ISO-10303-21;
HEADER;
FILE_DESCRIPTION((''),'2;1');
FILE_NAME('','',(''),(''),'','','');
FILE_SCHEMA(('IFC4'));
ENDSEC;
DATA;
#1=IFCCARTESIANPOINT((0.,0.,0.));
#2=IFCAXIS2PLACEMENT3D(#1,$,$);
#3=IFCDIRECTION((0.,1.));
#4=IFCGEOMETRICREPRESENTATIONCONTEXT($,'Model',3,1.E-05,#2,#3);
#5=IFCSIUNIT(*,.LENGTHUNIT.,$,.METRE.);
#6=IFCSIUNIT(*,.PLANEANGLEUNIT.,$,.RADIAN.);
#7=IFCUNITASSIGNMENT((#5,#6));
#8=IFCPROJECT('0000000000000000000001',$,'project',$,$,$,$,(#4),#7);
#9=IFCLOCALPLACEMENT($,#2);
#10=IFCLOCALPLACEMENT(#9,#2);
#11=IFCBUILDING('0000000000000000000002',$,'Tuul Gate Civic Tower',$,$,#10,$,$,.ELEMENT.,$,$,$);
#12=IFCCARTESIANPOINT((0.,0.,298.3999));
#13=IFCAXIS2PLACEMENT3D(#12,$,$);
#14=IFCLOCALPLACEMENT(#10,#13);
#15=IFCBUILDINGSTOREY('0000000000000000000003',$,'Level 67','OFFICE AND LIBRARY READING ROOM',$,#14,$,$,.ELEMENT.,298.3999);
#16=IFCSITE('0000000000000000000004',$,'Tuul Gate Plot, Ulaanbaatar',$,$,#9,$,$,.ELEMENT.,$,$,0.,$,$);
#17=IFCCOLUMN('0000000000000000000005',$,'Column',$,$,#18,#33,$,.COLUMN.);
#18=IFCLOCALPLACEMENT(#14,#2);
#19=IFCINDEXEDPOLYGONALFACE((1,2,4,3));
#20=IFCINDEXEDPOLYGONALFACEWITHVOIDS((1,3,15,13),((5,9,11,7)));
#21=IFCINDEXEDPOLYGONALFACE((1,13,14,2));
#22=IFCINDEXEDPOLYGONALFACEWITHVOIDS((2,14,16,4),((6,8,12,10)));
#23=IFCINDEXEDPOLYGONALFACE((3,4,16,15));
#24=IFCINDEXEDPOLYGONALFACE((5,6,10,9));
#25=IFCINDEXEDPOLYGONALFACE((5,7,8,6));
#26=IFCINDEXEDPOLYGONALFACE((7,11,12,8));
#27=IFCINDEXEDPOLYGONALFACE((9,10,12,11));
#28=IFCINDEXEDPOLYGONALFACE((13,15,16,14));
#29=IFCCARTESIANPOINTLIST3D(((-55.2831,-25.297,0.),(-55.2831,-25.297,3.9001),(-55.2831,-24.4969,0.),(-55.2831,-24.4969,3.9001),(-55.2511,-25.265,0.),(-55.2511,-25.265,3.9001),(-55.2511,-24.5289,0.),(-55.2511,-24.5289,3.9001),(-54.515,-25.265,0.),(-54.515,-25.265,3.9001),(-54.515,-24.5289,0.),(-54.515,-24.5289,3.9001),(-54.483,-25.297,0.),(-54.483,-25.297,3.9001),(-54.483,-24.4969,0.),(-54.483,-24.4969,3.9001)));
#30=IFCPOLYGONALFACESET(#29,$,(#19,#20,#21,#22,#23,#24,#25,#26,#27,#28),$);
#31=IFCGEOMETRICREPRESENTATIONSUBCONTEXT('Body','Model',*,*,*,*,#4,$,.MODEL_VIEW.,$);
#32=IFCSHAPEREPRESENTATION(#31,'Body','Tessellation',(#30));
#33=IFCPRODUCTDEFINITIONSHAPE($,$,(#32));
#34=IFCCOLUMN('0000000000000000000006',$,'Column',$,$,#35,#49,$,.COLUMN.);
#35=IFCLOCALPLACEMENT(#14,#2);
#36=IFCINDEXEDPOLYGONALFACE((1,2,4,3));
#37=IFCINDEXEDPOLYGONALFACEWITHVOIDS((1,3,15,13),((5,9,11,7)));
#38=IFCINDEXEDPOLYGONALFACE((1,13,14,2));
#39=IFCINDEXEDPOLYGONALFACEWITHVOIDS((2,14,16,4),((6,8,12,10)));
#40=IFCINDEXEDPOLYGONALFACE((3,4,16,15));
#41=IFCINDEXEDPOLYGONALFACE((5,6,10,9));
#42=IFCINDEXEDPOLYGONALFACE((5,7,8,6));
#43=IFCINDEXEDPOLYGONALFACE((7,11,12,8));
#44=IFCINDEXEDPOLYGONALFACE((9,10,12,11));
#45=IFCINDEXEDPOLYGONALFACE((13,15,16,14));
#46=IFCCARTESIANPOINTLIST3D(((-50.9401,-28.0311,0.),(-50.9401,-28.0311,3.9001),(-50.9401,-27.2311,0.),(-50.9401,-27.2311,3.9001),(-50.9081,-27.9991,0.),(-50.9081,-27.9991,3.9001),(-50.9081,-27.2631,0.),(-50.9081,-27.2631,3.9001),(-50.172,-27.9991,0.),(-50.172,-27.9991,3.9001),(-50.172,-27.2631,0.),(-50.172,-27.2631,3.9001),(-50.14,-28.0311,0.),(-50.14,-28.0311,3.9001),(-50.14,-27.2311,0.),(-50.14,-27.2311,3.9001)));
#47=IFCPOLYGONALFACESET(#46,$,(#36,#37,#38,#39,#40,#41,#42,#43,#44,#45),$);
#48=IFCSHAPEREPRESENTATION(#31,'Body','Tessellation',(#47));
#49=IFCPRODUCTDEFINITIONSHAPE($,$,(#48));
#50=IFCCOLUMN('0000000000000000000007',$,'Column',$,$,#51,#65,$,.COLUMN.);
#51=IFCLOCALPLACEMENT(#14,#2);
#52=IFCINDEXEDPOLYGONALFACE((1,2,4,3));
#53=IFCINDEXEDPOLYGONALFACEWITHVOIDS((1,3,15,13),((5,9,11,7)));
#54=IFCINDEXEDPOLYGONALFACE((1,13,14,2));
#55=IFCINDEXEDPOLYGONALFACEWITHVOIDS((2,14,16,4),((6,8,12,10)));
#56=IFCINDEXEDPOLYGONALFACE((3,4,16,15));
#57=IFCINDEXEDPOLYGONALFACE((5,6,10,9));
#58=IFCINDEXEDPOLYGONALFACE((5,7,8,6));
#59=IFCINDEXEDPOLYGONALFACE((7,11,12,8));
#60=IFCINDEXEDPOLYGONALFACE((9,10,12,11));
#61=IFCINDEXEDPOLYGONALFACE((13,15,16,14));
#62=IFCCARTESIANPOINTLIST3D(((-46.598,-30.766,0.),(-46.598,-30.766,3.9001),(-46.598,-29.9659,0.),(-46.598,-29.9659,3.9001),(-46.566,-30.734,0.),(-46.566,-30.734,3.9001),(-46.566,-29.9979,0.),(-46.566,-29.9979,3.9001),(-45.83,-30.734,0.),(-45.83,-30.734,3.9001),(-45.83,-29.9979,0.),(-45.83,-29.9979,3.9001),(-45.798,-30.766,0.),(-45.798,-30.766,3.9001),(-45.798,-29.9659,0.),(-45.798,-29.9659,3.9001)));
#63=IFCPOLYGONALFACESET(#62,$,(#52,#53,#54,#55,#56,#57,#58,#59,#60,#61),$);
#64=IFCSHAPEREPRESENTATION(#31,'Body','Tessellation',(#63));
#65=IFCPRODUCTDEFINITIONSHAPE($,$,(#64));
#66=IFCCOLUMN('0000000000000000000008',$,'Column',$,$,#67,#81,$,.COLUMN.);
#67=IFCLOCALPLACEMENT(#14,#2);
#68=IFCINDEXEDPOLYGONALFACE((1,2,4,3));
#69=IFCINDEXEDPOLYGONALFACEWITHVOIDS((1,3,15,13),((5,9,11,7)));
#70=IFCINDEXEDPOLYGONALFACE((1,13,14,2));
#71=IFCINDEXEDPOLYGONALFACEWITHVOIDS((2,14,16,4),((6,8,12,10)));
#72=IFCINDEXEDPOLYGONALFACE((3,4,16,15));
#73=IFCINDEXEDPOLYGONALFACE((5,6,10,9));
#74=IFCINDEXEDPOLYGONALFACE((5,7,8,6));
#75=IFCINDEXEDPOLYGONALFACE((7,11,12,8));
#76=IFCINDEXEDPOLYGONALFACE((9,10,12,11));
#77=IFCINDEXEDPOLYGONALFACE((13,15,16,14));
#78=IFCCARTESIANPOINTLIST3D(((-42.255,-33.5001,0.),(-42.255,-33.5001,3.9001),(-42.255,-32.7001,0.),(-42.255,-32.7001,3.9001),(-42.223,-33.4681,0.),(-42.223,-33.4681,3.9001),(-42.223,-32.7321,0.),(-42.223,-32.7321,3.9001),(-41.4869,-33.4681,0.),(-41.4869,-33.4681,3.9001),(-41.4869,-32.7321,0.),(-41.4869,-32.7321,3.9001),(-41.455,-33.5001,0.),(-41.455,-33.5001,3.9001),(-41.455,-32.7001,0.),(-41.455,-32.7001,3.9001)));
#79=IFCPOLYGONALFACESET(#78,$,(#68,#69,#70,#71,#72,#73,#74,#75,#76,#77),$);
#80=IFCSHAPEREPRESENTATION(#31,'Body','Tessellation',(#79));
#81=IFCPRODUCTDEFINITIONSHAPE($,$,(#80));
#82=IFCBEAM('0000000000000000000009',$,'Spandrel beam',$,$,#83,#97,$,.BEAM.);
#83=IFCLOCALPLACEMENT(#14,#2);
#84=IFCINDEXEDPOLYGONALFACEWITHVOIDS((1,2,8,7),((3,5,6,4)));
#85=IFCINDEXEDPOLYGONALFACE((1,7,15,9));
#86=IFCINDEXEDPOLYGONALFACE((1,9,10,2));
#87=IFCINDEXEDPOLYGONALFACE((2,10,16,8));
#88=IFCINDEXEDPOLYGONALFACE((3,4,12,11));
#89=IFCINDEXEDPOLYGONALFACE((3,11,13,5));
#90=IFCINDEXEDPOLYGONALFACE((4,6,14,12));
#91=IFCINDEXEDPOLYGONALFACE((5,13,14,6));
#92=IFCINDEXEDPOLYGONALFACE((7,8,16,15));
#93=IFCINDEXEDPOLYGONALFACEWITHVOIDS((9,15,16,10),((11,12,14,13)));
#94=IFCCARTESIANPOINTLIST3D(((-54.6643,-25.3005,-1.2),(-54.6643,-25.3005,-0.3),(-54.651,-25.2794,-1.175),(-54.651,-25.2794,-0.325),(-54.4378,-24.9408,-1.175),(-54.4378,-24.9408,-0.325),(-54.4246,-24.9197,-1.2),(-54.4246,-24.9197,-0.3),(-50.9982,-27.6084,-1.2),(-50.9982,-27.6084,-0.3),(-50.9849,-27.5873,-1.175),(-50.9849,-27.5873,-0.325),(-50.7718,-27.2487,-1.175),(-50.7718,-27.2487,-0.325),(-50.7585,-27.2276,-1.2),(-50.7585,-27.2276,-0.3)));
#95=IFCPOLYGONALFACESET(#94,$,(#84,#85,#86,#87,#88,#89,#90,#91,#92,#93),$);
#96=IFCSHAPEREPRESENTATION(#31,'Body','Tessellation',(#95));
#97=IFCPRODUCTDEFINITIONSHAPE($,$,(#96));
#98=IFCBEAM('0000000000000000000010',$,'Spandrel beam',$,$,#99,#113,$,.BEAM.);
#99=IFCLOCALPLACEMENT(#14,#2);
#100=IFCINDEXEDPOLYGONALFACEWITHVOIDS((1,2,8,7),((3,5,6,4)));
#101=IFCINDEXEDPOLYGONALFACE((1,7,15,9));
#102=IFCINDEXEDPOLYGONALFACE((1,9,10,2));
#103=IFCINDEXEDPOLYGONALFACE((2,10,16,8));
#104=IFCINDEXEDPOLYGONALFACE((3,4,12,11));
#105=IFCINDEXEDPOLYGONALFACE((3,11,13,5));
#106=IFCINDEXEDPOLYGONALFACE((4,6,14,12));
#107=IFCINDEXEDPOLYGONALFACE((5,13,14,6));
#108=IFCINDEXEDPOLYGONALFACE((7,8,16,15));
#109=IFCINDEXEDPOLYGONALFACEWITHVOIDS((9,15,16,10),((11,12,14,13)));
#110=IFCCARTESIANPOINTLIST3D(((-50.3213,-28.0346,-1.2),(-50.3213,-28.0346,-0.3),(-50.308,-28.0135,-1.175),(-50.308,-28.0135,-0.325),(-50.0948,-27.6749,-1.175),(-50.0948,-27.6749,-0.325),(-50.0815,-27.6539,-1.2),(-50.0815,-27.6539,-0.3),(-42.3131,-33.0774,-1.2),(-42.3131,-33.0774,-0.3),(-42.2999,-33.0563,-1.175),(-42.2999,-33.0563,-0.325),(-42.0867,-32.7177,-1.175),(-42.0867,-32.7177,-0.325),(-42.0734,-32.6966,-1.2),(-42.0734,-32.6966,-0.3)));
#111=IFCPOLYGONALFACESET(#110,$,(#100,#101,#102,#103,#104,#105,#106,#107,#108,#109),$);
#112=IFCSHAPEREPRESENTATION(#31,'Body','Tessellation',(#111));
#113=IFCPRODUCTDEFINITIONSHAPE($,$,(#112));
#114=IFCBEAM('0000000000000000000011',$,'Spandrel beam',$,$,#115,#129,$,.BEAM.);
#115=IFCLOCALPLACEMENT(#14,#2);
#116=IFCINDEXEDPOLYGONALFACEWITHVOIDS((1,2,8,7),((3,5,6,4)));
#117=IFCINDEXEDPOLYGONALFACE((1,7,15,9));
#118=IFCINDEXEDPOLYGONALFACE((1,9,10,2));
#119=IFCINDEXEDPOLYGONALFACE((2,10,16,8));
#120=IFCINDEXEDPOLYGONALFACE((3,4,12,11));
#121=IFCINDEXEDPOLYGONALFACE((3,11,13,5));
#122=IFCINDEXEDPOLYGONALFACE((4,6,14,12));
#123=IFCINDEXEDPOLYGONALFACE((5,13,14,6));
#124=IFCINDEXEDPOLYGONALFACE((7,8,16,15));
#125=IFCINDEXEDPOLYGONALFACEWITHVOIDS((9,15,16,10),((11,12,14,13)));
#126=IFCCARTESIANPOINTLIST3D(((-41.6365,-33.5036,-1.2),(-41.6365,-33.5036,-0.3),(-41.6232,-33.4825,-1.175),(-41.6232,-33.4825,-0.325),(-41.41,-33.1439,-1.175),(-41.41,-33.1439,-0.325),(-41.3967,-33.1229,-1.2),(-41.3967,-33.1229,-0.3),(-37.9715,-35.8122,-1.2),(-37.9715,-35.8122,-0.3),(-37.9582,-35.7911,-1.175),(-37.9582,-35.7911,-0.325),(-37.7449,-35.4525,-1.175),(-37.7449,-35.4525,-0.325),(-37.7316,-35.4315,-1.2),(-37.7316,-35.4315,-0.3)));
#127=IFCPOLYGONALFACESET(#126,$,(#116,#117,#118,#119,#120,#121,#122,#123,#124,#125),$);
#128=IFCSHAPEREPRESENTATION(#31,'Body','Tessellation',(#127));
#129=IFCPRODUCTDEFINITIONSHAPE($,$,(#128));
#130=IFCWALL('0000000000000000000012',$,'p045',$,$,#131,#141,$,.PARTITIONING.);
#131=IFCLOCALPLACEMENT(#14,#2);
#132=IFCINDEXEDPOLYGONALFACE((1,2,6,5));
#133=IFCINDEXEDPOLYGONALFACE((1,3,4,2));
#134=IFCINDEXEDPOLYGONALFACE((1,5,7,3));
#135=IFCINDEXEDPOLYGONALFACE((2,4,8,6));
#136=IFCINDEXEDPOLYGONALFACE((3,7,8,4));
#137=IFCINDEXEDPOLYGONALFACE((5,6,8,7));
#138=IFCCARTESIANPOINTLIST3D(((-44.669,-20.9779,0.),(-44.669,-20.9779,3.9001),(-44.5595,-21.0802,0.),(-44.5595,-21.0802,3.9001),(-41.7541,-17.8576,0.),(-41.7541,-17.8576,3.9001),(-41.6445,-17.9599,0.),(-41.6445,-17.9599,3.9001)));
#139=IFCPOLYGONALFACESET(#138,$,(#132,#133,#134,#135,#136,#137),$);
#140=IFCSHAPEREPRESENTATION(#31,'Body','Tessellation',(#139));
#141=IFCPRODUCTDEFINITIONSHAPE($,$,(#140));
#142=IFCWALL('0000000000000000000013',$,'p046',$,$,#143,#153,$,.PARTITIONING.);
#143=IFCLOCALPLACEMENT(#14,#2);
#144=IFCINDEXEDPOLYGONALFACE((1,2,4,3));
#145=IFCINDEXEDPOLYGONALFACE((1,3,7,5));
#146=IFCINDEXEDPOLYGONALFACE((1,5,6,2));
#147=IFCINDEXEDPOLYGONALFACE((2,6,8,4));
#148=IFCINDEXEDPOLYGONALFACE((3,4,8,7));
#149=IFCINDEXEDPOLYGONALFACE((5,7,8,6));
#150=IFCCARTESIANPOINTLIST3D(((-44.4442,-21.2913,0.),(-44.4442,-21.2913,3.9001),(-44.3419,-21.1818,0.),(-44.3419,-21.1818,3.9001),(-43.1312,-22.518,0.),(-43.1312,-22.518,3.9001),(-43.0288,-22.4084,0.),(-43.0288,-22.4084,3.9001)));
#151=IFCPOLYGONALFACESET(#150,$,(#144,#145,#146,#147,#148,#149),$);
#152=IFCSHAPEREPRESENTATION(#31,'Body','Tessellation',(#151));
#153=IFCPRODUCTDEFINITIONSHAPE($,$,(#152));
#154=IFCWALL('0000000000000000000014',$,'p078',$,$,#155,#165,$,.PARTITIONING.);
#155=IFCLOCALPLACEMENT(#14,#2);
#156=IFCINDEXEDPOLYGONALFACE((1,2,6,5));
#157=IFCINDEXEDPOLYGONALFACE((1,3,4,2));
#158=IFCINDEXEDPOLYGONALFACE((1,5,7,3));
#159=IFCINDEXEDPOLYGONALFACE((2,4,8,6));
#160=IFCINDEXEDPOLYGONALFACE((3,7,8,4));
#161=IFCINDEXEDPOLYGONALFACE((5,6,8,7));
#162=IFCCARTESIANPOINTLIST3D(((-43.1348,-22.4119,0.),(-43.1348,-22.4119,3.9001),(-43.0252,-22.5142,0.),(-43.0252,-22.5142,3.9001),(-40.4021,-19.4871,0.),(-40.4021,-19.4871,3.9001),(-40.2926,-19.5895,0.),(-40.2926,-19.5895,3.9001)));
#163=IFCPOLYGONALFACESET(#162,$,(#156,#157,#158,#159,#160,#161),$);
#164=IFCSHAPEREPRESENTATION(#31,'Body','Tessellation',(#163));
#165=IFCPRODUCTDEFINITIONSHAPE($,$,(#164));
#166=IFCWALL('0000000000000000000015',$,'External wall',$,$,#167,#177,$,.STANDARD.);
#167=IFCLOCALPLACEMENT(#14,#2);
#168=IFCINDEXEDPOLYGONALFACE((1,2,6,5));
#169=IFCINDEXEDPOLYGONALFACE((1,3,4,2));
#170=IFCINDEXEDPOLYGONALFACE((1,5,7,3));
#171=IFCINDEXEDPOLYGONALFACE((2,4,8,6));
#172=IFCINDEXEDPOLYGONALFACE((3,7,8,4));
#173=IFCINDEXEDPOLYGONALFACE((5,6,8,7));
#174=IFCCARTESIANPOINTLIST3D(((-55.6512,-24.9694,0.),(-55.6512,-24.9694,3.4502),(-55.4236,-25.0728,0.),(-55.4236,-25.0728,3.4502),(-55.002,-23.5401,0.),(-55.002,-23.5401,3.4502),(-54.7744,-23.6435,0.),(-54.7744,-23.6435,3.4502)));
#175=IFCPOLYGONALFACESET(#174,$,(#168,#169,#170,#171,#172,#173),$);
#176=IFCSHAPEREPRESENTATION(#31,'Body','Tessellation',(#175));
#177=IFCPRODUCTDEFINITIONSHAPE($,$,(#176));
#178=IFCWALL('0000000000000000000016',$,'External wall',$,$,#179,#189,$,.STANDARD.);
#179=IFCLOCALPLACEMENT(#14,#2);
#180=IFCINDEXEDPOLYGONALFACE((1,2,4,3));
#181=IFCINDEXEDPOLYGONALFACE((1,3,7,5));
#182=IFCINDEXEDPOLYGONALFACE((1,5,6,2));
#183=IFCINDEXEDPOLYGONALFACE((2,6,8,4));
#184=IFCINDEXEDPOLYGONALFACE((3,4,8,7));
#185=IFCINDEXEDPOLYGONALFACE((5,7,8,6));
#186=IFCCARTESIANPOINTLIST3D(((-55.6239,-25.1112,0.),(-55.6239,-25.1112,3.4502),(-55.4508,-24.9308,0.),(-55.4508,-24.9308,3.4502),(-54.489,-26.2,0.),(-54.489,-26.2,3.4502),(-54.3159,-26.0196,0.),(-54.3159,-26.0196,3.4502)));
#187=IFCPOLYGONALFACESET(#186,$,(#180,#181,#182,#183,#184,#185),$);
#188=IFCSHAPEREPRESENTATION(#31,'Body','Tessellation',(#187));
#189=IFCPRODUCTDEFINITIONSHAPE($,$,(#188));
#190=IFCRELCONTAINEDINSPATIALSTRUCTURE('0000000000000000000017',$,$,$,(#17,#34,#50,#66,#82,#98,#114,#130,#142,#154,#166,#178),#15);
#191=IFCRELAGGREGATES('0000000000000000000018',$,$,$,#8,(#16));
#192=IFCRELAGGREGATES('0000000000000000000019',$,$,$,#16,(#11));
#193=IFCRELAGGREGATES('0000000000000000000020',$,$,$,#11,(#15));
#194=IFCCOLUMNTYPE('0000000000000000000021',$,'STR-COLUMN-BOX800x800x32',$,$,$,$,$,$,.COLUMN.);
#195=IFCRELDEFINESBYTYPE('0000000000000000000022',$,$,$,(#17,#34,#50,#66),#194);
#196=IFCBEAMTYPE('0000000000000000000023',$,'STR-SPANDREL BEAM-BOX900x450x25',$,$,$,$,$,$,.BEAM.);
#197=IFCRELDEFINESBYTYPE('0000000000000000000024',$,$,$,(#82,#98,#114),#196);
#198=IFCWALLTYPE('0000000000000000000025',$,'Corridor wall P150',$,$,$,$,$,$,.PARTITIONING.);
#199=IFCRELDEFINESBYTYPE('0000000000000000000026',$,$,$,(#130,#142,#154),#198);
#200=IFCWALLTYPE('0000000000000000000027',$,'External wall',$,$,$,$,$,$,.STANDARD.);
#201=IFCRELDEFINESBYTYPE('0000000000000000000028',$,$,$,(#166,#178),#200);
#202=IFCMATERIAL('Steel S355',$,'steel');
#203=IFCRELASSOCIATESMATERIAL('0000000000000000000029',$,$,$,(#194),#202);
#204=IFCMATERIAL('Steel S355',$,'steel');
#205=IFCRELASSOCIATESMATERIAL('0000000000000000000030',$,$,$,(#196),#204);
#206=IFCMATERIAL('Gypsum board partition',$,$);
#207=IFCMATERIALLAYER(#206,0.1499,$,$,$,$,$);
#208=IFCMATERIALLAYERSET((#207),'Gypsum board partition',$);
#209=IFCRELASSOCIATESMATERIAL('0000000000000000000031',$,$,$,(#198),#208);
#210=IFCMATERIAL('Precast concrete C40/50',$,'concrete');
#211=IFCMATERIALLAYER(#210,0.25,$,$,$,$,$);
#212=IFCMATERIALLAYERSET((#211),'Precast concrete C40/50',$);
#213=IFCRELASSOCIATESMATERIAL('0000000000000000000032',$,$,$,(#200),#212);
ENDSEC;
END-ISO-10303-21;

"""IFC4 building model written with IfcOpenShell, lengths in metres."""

from ifc_helpers import new_model, si_unit, direction, frame, frame_2d, origin, origin_2d, place, context, subcontext, project, spatial, rectangle, hollow_rectangle, extrude, material, layer, layer_set, material_profile, profile_set, type_object, element, save


model = new_model("IFC4")

# Units and contexts
model_context = context("Model", 3, precision=1e-05, world=origin(), true_north=direction((0.0, 1.0)))
body_context = subcontext(model_context, "Body", "Model", "MODEL_VIEW")
ifc_project = project(units=[si_unit("LENGTHUNIT", "METRE"), si_unit("PLANEANGLEUNIT", "RADIAN")], contexts=[model_context])

# Site, building, storey
site_placement = place(None, origin())
site = spatial("IfcSite", under=ifc_project, at=site_placement, Name="Tuul Gate Plot, Ulaanbaatar", CompositionType="ELEMENT", RefElevation=0.0)
building_placement = place(site_placement, origin())
building = spatial("IfcBuilding", under=site, at=building_placement, Name="Tuul Gate Civic Tower", CompositionType="ELEMENT")
storey_placement = place(building_placement, frame((0.0, 0.0, 298.3999)))
storey = spatial("IfcBuildingStorey", under=building, at=storey_placement, Name="Level 67", Description="OFFICE AND LIBRARY READING ROOM", CompositionType="ELEMENT", Elevation=298.3999)

# Columns
ifc_material_1 = material(Name="Steel S355", Category="steel")
ifc_material_profile_1 = material_profile(ifc_material_1, hollow_rectangle(XDim=0.8, YDim=0.8, WallThickness=0.032, at=origin_2d()), Name="BOX800x800x32")
ifc_profile_set_1 = profile_set([ifc_material_profile_1], Name="Steel S355")
column_type = type_object("IfcColumnType", Name="STR-COLUMN-BOX800x800x32", PredefinedType="COLUMN", material=ifc_profile_set_1)
for number, where, z_axis, x_axis, name in (
    (1, (-54.8831, -24.897, 0.0), (0.0, 0.0, 1.0), (1.0, 0.0, 0.0), "Column"),
    (2, (-50.54, -27.6311, 0.0), (0.0, 0.0, 1.0), (1.0, 0.0, 0.0), "Column"),
    (3, (-46.198, -30.366, 0.0), (0.0, 0.0, 1.0), (1.0, 0.0, 0.0), "Column"),
    (4, (-41.855, -33.1001, 0.0), (0.0, 0.0, 1.0), (1.0, 0.0, 0.0), "Column"),
):
    element("IfcColumn", number, at=place(storey_placement, frame(where, z_axis=z_axis, x_axis=x_axis)), inside=storey, type_object=column_type, Name=name, PredefinedType="COLUMN", context=body_context, shape_type="SweptSolid", body=[
        extrude(hollow_rectangle(XDim=0.8, YDim=0.8, WallThickness=0.032, at=origin_2d()), origin(), (0.0, 0.0, 1.0), 3.9001),
    ])

# Beams
ifc_material_2 = material(Name="Steel S355", Category="steel")
ifc_material_profile_2 = material_profile(ifc_material_2, hollow_rectangle(XDim=0.45, YDim=0.8999, WallThickness=0.0249, at=origin_2d()), Name="BOX900x450x25")
ifc_profile_set_2 = profile_set([ifc_material_profile_2], Name="Steel S355")
beam_type = type_object("IfcBeamType", Name="STR-SPANDREL BEAM-BOX900x450x25", PredefinedType="BEAM", material=ifc_profile_set_2)
beam_1_placement = place(storey_placement, frame((-54.5444, -25.1101, -0.75), z_axis=(0.846271, -0.532752, 0.0), x_axis=(0.532752, 0.846271, 0.0)))
element("IfcBeam", 5, at=beam_1_placement, inside=storey, type_object=beam_type, Name="Spandrel beam", PredefinedType="BEAM", context=body_context, shape_type="SweptSolid", body=[
    extrude(hollow_rectangle(XDim=0.45, YDim=0.8999, WallThickness=0.0249, at=origin_2d()), origin(), (0.0, 0.0, 1.0), 4.332),
])
beam_2_placement = place(storey_placement, frame((-50.2014, -27.8442, -0.75), z_axis=(0.846204, -0.53286, 0.0), x_axis=(0.53286, 0.846204, 0.0)))
element("IfcBeam", 6, at=beam_2_placement, inside=storey, type_object=beam_type, Name="Spandrel beam", PredefinedType="BEAM", context=body_context, shape_type="SweptSolid", body=[
    extrude(hollow_rectangle(XDim=0.45, YDim=0.8999, WallThickness=0.0249, at=origin_2d()), origin(), (0.0, 0.0, 1.0), 9.4636),
])
beam_3_placement = place(storey_placement, frame((-41.5166, -33.3132, -0.75), z_axis=(0.846131, -0.532975, 0.0), x_axis=(0.532975, 0.846131, 0.0)))
element("IfcBeam", 7, at=beam_3_placement, inside=storey, type_object=beam_type, Name="Spandrel beam", PredefinedType="BEAM", context=body_context, shape_type="SweptSolid", body=[
    extrude(hollow_rectangle(XDim=0.45, YDim=0.8999, WallThickness=0.0249, at=origin_2d()), origin(), (0.0, 0.0, 1.0), 4.3315),
])

# Walls
ifc_material_3 = material(Name="Gypsum board partition")
ifc_layer_1 = layer(ifc_material_3, 0.1499)
ifc_layer_set_1 = layer_set([ifc_layer_1], Name="Gypsum board partition")
wall_type_1 = type_object("IfcWallType", Name="Corridor wall P150", PredefinedType="PARTITIONING", material=ifc_layer_set_1)
wall_1_placement = place(storey_placement, frame((-44.6143, -21.0291, 0.0), z_axis=(0.0, 0.0, 1.0), x_axis=(0.682656, 0.73074, 0.0)))
element("IfcWall", 8, at=wall_1_placement, inside=storey, type_object=wall_type_1, Name="p045", PredefinedType="PARTITIONING", context=body_context, shape_type="SweptSolid", body=[
    extrude(rectangle(XDim=4.27, YDim=0.1499, at=frame_2d((2.135, 0.0))), origin(), (0.0, 0.0, 1.0), 3.9001),
])
wall_2_placement = place(storey_placement, frame((-44.3931, -21.2366, 0.0), z_axis=(0.0, 0.0, 1.0), x_axis=(0.730748, -0.682647, 0.0)))
element("IfcWall", 9, at=wall_2_placement, inside=storey, type_object=wall_type_1, Name="p046", PredefinedType="PARTITIONING", context=body_context, shape_type="SweptSolid", body=[
    extrude(rectangle(XDim=1.7969, YDim=0.1499, at=frame_2d((0.8984, 0.0))), origin(), (0.0, 0.0, 1.0), 3.9001),
])
wall_3_placement = place(storey_placement, frame((-43.0801, -22.4631, 0.0), z_axis=(0.0, 0.0, 1.0), x_axis=(0.682698, 0.7307, 0.0)))
element("IfcWall", 10, at=wall_3_placement, inside=storey, type_object=wall_type_1, Name="p078", PredefinedType="PARTITIONING", context=body_context, shape_type="SweptSolid", body=[
    extrude(rectangle(XDim=4.0027, YDim=0.1499, at=frame_2d((2.0015, 0.0))), origin(), (0.0, 0.0, 1.0), 3.9001),
])
ifc_material_4 = material(Name="Precast concrete C40/50", Category="concrete")
ifc_layer_2 = layer(ifc_material_4, 0.25)
ifc_layer_set_2 = layer_set([ifc_layer_2], Name="Precast concrete C40/50")
wall_type_2 = type_object("IfcWallType", Name="External wall", PredefinedType="STANDARD", material=ifc_layer_set_2)
wall_4_placement = place(storey_placement, frame((-54.8882, -23.5918, 0.0), z_axis=(0.0, 0.0, 1.0), x_axis=(-0.413557, -0.910478, 0.0)))
element("IfcWall", 11, at=wall_4_placement, inside=storey, type_object=wall_type_2, Name="External wall", PredefinedType="STANDARD", context=body_context, shape_type="SweptSolid", body=[
    extrude(rectangle(XDim=1.5698, YDim=0.25, at=frame_2d((0.7849, 0.0))), origin(), (0.0, 0.0, 1.0), 3.4502),
])
wall_5_placement = place(storey_placement, frame((-55.5374, -25.021, 0.0), z_axis=(0.0, 0.0, 1.0), x_axis=(0.721623, -0.692286, 0.0)))
element("IfcWall", 12, at=wall_5_placement, inside=storey, type_object=wall_type_2, Name="External wall", PredefinedType="STANDARD", context=body_context, shape_type="SweptSolid", body=[
    extrude(rectangle(XDim=1.5728, YDim=0.25, at=frame_2d((0.7864, 0.0))), origin(), (0.0, 0.0, 1.0), 3.4502),
])

save(model, "model.ifc")
